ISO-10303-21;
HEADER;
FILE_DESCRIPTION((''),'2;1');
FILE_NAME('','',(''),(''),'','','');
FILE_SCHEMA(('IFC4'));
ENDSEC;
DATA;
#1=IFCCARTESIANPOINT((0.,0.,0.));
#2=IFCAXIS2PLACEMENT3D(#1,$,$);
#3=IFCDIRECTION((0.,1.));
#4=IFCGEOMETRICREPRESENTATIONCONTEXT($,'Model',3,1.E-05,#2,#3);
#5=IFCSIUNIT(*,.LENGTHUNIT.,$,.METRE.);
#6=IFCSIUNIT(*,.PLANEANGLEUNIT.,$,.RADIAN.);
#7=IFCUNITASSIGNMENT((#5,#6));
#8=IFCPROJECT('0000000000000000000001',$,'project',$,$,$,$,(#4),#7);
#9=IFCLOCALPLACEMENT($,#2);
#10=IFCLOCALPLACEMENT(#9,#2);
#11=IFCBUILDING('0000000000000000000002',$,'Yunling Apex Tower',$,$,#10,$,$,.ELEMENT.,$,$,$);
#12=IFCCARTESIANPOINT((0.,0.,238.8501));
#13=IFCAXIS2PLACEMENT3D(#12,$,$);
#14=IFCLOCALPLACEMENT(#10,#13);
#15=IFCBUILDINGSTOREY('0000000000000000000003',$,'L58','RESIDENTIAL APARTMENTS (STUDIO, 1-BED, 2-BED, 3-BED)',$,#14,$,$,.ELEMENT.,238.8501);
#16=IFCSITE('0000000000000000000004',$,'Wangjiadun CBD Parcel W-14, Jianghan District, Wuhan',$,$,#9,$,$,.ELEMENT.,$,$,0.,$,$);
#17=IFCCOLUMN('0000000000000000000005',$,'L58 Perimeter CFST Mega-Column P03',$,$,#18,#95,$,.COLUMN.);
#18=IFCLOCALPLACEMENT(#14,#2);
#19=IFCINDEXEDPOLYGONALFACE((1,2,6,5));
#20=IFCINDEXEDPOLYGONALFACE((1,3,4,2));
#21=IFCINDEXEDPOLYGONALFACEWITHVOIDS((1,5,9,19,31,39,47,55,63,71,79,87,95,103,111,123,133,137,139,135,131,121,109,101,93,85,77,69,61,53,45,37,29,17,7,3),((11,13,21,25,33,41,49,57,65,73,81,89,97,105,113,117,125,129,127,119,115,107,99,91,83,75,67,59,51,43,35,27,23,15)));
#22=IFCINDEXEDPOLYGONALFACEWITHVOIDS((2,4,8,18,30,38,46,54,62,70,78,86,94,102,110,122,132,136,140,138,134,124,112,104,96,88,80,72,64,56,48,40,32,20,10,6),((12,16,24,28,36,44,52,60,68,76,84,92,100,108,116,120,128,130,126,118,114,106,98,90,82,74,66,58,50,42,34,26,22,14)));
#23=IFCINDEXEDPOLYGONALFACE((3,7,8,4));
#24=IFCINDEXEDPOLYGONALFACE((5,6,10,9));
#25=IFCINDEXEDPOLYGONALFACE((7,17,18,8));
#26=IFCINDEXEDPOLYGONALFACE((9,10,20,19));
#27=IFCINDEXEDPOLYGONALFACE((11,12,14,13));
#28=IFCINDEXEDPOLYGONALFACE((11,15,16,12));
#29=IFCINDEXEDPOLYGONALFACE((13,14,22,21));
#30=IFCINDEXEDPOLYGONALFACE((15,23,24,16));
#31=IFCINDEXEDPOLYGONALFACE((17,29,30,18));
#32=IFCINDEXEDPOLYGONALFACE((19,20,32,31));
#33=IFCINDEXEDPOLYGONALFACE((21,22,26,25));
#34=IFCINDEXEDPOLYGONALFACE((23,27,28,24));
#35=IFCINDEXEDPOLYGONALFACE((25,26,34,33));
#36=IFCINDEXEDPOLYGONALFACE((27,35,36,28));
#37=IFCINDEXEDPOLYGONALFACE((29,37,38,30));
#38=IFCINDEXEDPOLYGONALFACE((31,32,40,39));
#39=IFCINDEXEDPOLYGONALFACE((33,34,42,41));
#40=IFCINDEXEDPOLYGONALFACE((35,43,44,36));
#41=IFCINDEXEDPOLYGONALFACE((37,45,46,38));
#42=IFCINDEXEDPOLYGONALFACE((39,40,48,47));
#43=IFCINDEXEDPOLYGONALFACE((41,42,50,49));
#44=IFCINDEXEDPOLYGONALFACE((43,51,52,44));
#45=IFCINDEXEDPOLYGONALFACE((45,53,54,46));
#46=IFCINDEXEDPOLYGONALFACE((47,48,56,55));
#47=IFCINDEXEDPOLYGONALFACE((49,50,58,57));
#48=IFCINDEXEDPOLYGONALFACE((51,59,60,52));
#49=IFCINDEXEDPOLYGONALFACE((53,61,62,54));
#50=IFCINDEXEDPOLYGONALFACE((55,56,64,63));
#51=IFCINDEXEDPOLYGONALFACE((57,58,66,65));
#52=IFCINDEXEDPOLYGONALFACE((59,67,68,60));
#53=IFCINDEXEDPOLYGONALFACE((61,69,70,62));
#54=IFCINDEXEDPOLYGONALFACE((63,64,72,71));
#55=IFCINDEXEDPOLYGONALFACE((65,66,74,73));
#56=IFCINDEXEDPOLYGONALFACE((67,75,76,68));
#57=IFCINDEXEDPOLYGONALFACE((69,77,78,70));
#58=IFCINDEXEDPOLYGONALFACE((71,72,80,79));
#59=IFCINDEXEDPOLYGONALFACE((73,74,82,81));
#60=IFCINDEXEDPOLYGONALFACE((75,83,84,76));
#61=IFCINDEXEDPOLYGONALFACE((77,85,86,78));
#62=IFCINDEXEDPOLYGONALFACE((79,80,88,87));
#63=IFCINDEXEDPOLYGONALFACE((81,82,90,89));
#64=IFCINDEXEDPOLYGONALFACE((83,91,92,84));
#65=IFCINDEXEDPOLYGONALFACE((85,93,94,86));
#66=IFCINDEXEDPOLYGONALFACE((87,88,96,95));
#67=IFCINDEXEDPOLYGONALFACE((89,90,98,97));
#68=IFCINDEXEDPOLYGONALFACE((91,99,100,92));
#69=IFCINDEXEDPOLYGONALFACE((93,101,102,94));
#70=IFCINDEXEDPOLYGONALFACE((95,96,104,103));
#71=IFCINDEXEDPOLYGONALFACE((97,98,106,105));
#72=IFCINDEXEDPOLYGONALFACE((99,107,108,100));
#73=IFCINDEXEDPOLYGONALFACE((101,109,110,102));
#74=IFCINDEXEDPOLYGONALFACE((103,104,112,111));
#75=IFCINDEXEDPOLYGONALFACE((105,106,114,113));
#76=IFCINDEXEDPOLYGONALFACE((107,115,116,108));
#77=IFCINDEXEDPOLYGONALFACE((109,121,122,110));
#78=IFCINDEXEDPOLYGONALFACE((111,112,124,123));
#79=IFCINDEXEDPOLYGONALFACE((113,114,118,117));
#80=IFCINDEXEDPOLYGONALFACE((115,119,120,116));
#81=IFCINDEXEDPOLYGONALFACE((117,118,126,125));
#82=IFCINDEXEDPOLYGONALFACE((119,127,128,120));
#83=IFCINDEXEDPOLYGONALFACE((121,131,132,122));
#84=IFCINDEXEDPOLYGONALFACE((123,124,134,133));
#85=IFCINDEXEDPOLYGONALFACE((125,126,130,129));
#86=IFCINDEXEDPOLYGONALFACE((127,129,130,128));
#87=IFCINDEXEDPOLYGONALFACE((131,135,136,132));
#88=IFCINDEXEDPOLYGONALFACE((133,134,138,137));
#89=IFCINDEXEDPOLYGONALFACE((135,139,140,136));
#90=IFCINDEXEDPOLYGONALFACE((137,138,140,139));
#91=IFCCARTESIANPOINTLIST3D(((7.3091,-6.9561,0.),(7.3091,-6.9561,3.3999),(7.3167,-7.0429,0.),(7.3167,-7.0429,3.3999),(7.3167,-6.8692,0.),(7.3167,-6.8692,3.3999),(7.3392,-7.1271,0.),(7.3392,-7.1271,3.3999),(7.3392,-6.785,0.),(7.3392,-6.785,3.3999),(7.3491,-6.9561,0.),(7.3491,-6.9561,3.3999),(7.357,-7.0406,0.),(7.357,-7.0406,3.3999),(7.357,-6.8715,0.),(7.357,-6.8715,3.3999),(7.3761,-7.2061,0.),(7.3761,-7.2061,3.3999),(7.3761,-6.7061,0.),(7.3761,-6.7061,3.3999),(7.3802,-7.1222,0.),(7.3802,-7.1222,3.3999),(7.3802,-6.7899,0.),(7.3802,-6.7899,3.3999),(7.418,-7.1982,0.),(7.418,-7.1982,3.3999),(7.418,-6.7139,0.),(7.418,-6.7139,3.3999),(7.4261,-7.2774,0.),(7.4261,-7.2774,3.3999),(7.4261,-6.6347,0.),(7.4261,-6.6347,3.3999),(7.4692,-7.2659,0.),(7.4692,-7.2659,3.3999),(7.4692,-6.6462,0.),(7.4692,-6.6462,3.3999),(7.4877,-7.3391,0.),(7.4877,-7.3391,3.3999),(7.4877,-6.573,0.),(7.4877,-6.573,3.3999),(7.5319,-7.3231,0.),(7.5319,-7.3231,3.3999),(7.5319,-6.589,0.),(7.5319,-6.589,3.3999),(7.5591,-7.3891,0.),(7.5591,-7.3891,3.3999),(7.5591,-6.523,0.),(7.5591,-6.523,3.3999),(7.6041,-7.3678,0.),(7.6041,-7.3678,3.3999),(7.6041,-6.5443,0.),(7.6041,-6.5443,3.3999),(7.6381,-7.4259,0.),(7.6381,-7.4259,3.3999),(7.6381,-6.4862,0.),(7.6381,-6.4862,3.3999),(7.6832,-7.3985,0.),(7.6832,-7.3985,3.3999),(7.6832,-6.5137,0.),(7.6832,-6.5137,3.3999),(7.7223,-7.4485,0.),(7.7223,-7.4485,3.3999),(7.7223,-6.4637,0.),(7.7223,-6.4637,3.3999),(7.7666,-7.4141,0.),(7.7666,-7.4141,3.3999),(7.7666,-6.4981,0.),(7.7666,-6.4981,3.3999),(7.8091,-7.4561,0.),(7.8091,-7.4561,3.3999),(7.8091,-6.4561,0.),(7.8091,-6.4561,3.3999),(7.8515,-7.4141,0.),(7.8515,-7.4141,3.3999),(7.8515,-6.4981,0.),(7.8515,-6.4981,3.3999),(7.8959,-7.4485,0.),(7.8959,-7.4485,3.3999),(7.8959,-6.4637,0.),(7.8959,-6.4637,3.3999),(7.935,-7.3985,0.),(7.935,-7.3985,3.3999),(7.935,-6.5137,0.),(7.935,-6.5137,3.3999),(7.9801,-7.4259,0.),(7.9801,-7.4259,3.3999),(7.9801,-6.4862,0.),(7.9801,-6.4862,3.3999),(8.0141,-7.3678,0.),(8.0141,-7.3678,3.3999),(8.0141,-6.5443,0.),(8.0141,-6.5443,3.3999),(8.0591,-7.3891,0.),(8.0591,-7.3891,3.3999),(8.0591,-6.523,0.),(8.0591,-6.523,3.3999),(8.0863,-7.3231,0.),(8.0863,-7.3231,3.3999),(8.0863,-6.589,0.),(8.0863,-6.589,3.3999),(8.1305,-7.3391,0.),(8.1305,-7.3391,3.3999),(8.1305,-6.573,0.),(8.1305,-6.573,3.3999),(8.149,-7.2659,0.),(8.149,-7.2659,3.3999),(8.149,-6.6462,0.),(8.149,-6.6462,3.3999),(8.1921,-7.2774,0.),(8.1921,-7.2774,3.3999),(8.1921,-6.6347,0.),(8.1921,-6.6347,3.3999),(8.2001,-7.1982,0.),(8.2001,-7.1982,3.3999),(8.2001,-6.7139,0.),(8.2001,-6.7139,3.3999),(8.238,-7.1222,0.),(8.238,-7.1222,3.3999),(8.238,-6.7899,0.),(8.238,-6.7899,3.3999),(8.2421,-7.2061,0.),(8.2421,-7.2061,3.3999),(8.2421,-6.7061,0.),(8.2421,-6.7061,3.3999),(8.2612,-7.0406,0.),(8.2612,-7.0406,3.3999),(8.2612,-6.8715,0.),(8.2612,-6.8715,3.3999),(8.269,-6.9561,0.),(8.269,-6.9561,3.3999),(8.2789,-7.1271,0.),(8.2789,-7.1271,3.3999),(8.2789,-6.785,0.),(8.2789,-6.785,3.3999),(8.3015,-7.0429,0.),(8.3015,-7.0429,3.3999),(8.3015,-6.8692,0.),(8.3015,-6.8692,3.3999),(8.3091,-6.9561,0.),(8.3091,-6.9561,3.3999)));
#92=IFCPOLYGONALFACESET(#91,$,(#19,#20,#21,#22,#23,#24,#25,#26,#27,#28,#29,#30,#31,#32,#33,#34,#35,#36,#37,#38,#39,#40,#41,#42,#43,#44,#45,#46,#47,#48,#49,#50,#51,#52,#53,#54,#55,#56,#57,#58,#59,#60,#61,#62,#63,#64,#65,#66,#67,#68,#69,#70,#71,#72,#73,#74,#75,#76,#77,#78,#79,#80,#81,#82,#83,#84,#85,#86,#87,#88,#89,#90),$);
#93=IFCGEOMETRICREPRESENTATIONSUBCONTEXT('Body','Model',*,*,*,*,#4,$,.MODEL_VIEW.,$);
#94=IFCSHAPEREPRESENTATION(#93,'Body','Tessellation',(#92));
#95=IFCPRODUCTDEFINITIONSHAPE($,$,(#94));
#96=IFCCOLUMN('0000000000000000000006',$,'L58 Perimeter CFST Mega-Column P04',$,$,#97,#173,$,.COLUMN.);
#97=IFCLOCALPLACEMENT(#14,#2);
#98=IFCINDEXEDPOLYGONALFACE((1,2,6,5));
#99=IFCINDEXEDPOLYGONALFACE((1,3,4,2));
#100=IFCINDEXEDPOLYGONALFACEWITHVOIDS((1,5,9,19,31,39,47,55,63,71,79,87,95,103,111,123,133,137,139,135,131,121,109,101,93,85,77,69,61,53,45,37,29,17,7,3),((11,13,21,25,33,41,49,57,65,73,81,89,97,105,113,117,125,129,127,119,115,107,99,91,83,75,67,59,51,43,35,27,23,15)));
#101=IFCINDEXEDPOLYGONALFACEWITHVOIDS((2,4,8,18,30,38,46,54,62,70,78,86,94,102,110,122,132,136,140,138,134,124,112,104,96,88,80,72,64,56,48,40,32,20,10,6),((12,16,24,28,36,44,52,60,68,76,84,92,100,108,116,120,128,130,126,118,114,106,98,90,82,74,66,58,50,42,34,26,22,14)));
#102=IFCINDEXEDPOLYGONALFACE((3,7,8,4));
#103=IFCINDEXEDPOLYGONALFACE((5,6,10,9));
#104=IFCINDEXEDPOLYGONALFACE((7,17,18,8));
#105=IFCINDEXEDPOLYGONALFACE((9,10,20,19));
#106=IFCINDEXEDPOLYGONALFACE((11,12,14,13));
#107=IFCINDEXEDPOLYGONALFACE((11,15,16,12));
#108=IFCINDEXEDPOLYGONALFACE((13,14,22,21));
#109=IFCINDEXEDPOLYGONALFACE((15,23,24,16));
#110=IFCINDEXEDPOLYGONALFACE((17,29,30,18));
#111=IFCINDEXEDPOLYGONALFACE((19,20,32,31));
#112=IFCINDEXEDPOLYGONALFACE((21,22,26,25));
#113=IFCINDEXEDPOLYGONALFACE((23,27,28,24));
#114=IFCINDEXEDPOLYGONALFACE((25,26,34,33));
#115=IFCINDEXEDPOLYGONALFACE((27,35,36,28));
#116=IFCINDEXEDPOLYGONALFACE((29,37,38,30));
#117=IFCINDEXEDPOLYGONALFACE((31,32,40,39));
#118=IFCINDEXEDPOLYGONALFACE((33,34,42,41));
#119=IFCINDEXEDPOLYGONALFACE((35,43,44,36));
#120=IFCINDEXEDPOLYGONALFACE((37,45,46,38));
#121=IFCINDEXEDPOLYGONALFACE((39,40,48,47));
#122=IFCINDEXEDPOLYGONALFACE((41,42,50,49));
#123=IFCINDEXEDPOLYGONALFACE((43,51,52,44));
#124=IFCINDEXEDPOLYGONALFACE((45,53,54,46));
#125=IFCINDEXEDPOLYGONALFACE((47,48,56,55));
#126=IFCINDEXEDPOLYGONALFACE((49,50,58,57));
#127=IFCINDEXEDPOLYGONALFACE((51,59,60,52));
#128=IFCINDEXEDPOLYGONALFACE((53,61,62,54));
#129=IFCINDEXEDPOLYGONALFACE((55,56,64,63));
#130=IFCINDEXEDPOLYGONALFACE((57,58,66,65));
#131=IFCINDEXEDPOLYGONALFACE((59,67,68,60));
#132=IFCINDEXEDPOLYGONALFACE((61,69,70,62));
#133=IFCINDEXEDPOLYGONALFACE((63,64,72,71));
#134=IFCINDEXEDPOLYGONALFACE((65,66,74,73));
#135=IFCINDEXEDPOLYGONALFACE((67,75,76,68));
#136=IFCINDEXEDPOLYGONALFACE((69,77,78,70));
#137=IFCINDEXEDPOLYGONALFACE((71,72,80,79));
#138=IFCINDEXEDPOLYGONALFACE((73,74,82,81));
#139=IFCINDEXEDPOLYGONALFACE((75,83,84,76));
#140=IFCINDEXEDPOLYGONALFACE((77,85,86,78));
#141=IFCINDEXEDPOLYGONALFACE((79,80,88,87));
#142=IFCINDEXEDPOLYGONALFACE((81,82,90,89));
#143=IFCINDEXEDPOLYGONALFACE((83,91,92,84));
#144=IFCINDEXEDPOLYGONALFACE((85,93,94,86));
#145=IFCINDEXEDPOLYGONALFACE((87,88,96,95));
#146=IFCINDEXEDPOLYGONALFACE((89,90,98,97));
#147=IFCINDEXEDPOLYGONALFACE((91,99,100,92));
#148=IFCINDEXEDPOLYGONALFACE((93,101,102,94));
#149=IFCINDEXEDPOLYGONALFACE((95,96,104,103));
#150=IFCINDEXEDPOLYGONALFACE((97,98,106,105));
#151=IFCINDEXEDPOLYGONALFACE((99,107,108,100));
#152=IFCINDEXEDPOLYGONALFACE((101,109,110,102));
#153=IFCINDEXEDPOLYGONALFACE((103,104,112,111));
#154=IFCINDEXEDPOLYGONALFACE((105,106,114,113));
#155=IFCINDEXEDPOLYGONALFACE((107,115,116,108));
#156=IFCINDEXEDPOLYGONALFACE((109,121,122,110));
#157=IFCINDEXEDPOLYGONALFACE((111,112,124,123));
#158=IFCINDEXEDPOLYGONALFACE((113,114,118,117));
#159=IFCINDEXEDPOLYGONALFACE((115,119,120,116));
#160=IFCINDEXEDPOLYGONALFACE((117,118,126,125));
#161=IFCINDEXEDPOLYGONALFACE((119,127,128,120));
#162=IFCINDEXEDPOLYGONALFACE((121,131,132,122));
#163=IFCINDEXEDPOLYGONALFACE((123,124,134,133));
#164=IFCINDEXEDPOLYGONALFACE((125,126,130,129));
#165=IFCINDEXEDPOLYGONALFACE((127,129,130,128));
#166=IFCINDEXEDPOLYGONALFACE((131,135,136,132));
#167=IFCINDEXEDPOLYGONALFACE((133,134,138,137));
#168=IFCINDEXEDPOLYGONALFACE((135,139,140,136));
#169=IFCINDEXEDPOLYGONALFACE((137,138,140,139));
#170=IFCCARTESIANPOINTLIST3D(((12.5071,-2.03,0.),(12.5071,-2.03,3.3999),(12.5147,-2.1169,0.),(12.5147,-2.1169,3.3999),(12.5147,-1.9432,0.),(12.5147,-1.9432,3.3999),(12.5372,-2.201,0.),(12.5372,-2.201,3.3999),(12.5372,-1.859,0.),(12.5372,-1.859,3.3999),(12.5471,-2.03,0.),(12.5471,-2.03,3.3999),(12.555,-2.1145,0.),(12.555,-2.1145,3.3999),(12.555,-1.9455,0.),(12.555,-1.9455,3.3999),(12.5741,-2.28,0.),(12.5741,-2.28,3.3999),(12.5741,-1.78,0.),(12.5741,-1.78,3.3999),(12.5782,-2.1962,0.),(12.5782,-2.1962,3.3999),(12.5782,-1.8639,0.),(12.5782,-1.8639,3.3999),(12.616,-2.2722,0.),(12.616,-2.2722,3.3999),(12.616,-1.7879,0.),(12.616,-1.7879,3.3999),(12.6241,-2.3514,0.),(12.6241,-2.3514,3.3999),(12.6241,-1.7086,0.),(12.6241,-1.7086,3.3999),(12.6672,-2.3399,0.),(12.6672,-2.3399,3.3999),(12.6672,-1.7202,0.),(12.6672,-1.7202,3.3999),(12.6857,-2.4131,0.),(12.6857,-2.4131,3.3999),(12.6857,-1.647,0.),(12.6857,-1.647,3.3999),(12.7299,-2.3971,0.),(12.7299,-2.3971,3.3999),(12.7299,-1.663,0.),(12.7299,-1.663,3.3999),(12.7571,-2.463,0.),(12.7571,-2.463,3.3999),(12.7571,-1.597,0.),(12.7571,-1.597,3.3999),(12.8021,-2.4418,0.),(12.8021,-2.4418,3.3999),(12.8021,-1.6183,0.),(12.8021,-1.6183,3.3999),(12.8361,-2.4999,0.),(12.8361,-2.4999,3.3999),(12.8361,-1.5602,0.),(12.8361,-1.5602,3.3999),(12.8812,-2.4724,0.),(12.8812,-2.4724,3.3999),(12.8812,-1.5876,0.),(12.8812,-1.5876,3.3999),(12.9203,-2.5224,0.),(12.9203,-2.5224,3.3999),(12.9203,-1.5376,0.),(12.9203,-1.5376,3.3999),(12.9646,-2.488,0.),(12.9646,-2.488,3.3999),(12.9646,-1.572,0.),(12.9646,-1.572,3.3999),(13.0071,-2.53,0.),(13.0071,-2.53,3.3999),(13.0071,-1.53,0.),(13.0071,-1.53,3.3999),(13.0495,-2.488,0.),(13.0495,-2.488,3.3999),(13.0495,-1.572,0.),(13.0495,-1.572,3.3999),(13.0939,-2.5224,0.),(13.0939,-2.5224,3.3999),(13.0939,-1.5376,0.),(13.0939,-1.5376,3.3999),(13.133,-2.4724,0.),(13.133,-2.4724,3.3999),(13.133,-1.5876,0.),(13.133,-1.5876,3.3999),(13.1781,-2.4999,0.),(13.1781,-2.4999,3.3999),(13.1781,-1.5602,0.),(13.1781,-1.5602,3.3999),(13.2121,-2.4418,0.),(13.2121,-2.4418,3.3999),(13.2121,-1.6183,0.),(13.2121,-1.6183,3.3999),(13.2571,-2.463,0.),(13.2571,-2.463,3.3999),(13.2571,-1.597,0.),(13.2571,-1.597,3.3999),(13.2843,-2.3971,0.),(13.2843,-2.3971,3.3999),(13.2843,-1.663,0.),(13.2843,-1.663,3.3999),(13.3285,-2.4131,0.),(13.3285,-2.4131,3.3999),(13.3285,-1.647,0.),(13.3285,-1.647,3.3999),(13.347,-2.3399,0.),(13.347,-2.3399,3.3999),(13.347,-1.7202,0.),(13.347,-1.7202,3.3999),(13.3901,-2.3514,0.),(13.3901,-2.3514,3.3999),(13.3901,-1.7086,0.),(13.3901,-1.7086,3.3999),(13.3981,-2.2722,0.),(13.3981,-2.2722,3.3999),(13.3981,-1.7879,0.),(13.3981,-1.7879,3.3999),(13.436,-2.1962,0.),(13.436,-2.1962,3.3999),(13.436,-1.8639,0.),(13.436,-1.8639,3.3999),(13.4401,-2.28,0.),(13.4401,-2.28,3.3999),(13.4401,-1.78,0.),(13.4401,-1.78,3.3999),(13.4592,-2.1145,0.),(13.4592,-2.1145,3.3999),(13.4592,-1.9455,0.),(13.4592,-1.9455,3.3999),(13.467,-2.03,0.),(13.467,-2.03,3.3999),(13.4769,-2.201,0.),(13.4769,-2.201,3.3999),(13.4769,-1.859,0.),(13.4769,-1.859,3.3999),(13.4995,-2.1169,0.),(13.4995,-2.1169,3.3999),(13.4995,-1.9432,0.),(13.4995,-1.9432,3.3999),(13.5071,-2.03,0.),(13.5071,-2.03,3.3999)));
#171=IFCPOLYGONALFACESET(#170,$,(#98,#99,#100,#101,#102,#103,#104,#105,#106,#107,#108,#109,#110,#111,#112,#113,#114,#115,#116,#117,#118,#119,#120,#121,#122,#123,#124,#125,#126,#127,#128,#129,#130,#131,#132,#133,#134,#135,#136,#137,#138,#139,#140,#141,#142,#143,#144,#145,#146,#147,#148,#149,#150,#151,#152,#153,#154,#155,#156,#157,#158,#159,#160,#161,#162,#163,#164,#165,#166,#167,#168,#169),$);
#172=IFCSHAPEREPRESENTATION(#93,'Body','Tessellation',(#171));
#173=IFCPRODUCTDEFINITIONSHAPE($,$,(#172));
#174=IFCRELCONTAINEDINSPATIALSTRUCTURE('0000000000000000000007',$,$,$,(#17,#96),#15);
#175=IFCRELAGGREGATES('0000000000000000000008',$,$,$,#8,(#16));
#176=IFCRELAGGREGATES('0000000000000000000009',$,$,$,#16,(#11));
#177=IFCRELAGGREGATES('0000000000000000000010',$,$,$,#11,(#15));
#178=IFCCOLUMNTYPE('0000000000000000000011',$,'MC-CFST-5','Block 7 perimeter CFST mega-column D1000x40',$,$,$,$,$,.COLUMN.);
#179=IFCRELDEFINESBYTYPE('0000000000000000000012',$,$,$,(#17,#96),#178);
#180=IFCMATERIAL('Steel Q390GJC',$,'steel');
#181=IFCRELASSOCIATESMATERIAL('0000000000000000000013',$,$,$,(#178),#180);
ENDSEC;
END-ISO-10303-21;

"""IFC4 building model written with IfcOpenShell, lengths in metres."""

from ifc_helpers import new_model, si_unit, direction, frame, origin, origin_2d, place, context, subcontext, project, spatial, hollow_circle, extrude, source, transform, mapped, material, material_profile, profile_set, type_object, element, save


model = new_model("IFC4")

# Units and contexts
model_context = context("Model", 3, precision=1e-05, world=origin(), true_north=direction((0.0, 1.0)))
body_context = subcontext(model_context, "Body", "Model", "MODEL_VIEW")
ifc_project = project(units=[si_unit("LENGTHUNIT", "METRE"), si_unit("PLANEANGLEUNIT", "RADIAN")], contexts=[model_context])

# Site, building, storey
site_placement = place(None, origin())
site = spatial("IfcSite", under=ifc_project, at=site_placement, Name="Wangjiadun CBD Parcel W-14, Jianghan District, Wuhan", CompositionType="ELEMENT", RefElevation=0.0)
building_placement = place(site_placement, origin())
building = spatial("IfcBuilding", under=site, at=building_placement, Name="Yunling Apex Tower", CompositionType="ELEMENT")
storey_placement = place(building_placement, frame((0.0, 0.0, 238.8501)))
storey = spatial("IfcBuildingStorey", under=building, at=storey_placement, Name="L58", Description="RESIDENTIAL APARTMENTS (STUDIO, 1-BED, 2-BED, 3-BED)", CompositionType="ELEMENT", Elevation=238.8501)

# Columns
ifc_material_1 = material(Name="Steel Q390GJC", Category="steel")
ifc_material_profile_1 = material_profile(ifc_material_1, hollow_circle(Radius=0.5, WallThickness=0.04, at=origin_2d()))
ifc_profile_set_1 = profile_set([ifc_material_profile_1], Name="Steel Q390GJC")
column_type = type_object("IfcColumnType", Name="MC-CFST-5", Description="Block 7 perimeter CFST mega-column D1000x40", PredefinedType="COLUMN", material=ifc_profile_set_1)
shared_shape_1 = source(origin(), body_context, "Body", "SweptSolid", [
    extrude(hollow_circle(Radius=0.5, WallThickness=0.04, at=origin_2d()), origin(), (0.0, 0.0, 1.0), 3.3999),
])
for number, where, z_axis, x_axis, name in (
    (1, (7.8091, -6.9561, 0.0), (0.0, 0.0, 1.0), (1.0, 0.0, 0.0), "L58 Perimeter CFST Mega-Column P03"),
    (2, (13.0071, -2.03, 0.0), (0.0, 0.0, 1.0), (1.0, 0.0, 0.0), "L58 Perimeter CFST Mega-Column P04"),
):
    element("IfcColumn", number, at=place(storey_placement, frame(where, z_axis=z_axis, x_axis=x_axis)), inside=storey, type_object=column_type, Name=name, PredefinedType="COLUMN", context=body_context, shape_type="MappedRepresentation", body=[
        mapped(shared_shape_1, transform((0.0, 0.0, 0.0), scale=1.0)),
    ])

save(model, "model.ifc")
